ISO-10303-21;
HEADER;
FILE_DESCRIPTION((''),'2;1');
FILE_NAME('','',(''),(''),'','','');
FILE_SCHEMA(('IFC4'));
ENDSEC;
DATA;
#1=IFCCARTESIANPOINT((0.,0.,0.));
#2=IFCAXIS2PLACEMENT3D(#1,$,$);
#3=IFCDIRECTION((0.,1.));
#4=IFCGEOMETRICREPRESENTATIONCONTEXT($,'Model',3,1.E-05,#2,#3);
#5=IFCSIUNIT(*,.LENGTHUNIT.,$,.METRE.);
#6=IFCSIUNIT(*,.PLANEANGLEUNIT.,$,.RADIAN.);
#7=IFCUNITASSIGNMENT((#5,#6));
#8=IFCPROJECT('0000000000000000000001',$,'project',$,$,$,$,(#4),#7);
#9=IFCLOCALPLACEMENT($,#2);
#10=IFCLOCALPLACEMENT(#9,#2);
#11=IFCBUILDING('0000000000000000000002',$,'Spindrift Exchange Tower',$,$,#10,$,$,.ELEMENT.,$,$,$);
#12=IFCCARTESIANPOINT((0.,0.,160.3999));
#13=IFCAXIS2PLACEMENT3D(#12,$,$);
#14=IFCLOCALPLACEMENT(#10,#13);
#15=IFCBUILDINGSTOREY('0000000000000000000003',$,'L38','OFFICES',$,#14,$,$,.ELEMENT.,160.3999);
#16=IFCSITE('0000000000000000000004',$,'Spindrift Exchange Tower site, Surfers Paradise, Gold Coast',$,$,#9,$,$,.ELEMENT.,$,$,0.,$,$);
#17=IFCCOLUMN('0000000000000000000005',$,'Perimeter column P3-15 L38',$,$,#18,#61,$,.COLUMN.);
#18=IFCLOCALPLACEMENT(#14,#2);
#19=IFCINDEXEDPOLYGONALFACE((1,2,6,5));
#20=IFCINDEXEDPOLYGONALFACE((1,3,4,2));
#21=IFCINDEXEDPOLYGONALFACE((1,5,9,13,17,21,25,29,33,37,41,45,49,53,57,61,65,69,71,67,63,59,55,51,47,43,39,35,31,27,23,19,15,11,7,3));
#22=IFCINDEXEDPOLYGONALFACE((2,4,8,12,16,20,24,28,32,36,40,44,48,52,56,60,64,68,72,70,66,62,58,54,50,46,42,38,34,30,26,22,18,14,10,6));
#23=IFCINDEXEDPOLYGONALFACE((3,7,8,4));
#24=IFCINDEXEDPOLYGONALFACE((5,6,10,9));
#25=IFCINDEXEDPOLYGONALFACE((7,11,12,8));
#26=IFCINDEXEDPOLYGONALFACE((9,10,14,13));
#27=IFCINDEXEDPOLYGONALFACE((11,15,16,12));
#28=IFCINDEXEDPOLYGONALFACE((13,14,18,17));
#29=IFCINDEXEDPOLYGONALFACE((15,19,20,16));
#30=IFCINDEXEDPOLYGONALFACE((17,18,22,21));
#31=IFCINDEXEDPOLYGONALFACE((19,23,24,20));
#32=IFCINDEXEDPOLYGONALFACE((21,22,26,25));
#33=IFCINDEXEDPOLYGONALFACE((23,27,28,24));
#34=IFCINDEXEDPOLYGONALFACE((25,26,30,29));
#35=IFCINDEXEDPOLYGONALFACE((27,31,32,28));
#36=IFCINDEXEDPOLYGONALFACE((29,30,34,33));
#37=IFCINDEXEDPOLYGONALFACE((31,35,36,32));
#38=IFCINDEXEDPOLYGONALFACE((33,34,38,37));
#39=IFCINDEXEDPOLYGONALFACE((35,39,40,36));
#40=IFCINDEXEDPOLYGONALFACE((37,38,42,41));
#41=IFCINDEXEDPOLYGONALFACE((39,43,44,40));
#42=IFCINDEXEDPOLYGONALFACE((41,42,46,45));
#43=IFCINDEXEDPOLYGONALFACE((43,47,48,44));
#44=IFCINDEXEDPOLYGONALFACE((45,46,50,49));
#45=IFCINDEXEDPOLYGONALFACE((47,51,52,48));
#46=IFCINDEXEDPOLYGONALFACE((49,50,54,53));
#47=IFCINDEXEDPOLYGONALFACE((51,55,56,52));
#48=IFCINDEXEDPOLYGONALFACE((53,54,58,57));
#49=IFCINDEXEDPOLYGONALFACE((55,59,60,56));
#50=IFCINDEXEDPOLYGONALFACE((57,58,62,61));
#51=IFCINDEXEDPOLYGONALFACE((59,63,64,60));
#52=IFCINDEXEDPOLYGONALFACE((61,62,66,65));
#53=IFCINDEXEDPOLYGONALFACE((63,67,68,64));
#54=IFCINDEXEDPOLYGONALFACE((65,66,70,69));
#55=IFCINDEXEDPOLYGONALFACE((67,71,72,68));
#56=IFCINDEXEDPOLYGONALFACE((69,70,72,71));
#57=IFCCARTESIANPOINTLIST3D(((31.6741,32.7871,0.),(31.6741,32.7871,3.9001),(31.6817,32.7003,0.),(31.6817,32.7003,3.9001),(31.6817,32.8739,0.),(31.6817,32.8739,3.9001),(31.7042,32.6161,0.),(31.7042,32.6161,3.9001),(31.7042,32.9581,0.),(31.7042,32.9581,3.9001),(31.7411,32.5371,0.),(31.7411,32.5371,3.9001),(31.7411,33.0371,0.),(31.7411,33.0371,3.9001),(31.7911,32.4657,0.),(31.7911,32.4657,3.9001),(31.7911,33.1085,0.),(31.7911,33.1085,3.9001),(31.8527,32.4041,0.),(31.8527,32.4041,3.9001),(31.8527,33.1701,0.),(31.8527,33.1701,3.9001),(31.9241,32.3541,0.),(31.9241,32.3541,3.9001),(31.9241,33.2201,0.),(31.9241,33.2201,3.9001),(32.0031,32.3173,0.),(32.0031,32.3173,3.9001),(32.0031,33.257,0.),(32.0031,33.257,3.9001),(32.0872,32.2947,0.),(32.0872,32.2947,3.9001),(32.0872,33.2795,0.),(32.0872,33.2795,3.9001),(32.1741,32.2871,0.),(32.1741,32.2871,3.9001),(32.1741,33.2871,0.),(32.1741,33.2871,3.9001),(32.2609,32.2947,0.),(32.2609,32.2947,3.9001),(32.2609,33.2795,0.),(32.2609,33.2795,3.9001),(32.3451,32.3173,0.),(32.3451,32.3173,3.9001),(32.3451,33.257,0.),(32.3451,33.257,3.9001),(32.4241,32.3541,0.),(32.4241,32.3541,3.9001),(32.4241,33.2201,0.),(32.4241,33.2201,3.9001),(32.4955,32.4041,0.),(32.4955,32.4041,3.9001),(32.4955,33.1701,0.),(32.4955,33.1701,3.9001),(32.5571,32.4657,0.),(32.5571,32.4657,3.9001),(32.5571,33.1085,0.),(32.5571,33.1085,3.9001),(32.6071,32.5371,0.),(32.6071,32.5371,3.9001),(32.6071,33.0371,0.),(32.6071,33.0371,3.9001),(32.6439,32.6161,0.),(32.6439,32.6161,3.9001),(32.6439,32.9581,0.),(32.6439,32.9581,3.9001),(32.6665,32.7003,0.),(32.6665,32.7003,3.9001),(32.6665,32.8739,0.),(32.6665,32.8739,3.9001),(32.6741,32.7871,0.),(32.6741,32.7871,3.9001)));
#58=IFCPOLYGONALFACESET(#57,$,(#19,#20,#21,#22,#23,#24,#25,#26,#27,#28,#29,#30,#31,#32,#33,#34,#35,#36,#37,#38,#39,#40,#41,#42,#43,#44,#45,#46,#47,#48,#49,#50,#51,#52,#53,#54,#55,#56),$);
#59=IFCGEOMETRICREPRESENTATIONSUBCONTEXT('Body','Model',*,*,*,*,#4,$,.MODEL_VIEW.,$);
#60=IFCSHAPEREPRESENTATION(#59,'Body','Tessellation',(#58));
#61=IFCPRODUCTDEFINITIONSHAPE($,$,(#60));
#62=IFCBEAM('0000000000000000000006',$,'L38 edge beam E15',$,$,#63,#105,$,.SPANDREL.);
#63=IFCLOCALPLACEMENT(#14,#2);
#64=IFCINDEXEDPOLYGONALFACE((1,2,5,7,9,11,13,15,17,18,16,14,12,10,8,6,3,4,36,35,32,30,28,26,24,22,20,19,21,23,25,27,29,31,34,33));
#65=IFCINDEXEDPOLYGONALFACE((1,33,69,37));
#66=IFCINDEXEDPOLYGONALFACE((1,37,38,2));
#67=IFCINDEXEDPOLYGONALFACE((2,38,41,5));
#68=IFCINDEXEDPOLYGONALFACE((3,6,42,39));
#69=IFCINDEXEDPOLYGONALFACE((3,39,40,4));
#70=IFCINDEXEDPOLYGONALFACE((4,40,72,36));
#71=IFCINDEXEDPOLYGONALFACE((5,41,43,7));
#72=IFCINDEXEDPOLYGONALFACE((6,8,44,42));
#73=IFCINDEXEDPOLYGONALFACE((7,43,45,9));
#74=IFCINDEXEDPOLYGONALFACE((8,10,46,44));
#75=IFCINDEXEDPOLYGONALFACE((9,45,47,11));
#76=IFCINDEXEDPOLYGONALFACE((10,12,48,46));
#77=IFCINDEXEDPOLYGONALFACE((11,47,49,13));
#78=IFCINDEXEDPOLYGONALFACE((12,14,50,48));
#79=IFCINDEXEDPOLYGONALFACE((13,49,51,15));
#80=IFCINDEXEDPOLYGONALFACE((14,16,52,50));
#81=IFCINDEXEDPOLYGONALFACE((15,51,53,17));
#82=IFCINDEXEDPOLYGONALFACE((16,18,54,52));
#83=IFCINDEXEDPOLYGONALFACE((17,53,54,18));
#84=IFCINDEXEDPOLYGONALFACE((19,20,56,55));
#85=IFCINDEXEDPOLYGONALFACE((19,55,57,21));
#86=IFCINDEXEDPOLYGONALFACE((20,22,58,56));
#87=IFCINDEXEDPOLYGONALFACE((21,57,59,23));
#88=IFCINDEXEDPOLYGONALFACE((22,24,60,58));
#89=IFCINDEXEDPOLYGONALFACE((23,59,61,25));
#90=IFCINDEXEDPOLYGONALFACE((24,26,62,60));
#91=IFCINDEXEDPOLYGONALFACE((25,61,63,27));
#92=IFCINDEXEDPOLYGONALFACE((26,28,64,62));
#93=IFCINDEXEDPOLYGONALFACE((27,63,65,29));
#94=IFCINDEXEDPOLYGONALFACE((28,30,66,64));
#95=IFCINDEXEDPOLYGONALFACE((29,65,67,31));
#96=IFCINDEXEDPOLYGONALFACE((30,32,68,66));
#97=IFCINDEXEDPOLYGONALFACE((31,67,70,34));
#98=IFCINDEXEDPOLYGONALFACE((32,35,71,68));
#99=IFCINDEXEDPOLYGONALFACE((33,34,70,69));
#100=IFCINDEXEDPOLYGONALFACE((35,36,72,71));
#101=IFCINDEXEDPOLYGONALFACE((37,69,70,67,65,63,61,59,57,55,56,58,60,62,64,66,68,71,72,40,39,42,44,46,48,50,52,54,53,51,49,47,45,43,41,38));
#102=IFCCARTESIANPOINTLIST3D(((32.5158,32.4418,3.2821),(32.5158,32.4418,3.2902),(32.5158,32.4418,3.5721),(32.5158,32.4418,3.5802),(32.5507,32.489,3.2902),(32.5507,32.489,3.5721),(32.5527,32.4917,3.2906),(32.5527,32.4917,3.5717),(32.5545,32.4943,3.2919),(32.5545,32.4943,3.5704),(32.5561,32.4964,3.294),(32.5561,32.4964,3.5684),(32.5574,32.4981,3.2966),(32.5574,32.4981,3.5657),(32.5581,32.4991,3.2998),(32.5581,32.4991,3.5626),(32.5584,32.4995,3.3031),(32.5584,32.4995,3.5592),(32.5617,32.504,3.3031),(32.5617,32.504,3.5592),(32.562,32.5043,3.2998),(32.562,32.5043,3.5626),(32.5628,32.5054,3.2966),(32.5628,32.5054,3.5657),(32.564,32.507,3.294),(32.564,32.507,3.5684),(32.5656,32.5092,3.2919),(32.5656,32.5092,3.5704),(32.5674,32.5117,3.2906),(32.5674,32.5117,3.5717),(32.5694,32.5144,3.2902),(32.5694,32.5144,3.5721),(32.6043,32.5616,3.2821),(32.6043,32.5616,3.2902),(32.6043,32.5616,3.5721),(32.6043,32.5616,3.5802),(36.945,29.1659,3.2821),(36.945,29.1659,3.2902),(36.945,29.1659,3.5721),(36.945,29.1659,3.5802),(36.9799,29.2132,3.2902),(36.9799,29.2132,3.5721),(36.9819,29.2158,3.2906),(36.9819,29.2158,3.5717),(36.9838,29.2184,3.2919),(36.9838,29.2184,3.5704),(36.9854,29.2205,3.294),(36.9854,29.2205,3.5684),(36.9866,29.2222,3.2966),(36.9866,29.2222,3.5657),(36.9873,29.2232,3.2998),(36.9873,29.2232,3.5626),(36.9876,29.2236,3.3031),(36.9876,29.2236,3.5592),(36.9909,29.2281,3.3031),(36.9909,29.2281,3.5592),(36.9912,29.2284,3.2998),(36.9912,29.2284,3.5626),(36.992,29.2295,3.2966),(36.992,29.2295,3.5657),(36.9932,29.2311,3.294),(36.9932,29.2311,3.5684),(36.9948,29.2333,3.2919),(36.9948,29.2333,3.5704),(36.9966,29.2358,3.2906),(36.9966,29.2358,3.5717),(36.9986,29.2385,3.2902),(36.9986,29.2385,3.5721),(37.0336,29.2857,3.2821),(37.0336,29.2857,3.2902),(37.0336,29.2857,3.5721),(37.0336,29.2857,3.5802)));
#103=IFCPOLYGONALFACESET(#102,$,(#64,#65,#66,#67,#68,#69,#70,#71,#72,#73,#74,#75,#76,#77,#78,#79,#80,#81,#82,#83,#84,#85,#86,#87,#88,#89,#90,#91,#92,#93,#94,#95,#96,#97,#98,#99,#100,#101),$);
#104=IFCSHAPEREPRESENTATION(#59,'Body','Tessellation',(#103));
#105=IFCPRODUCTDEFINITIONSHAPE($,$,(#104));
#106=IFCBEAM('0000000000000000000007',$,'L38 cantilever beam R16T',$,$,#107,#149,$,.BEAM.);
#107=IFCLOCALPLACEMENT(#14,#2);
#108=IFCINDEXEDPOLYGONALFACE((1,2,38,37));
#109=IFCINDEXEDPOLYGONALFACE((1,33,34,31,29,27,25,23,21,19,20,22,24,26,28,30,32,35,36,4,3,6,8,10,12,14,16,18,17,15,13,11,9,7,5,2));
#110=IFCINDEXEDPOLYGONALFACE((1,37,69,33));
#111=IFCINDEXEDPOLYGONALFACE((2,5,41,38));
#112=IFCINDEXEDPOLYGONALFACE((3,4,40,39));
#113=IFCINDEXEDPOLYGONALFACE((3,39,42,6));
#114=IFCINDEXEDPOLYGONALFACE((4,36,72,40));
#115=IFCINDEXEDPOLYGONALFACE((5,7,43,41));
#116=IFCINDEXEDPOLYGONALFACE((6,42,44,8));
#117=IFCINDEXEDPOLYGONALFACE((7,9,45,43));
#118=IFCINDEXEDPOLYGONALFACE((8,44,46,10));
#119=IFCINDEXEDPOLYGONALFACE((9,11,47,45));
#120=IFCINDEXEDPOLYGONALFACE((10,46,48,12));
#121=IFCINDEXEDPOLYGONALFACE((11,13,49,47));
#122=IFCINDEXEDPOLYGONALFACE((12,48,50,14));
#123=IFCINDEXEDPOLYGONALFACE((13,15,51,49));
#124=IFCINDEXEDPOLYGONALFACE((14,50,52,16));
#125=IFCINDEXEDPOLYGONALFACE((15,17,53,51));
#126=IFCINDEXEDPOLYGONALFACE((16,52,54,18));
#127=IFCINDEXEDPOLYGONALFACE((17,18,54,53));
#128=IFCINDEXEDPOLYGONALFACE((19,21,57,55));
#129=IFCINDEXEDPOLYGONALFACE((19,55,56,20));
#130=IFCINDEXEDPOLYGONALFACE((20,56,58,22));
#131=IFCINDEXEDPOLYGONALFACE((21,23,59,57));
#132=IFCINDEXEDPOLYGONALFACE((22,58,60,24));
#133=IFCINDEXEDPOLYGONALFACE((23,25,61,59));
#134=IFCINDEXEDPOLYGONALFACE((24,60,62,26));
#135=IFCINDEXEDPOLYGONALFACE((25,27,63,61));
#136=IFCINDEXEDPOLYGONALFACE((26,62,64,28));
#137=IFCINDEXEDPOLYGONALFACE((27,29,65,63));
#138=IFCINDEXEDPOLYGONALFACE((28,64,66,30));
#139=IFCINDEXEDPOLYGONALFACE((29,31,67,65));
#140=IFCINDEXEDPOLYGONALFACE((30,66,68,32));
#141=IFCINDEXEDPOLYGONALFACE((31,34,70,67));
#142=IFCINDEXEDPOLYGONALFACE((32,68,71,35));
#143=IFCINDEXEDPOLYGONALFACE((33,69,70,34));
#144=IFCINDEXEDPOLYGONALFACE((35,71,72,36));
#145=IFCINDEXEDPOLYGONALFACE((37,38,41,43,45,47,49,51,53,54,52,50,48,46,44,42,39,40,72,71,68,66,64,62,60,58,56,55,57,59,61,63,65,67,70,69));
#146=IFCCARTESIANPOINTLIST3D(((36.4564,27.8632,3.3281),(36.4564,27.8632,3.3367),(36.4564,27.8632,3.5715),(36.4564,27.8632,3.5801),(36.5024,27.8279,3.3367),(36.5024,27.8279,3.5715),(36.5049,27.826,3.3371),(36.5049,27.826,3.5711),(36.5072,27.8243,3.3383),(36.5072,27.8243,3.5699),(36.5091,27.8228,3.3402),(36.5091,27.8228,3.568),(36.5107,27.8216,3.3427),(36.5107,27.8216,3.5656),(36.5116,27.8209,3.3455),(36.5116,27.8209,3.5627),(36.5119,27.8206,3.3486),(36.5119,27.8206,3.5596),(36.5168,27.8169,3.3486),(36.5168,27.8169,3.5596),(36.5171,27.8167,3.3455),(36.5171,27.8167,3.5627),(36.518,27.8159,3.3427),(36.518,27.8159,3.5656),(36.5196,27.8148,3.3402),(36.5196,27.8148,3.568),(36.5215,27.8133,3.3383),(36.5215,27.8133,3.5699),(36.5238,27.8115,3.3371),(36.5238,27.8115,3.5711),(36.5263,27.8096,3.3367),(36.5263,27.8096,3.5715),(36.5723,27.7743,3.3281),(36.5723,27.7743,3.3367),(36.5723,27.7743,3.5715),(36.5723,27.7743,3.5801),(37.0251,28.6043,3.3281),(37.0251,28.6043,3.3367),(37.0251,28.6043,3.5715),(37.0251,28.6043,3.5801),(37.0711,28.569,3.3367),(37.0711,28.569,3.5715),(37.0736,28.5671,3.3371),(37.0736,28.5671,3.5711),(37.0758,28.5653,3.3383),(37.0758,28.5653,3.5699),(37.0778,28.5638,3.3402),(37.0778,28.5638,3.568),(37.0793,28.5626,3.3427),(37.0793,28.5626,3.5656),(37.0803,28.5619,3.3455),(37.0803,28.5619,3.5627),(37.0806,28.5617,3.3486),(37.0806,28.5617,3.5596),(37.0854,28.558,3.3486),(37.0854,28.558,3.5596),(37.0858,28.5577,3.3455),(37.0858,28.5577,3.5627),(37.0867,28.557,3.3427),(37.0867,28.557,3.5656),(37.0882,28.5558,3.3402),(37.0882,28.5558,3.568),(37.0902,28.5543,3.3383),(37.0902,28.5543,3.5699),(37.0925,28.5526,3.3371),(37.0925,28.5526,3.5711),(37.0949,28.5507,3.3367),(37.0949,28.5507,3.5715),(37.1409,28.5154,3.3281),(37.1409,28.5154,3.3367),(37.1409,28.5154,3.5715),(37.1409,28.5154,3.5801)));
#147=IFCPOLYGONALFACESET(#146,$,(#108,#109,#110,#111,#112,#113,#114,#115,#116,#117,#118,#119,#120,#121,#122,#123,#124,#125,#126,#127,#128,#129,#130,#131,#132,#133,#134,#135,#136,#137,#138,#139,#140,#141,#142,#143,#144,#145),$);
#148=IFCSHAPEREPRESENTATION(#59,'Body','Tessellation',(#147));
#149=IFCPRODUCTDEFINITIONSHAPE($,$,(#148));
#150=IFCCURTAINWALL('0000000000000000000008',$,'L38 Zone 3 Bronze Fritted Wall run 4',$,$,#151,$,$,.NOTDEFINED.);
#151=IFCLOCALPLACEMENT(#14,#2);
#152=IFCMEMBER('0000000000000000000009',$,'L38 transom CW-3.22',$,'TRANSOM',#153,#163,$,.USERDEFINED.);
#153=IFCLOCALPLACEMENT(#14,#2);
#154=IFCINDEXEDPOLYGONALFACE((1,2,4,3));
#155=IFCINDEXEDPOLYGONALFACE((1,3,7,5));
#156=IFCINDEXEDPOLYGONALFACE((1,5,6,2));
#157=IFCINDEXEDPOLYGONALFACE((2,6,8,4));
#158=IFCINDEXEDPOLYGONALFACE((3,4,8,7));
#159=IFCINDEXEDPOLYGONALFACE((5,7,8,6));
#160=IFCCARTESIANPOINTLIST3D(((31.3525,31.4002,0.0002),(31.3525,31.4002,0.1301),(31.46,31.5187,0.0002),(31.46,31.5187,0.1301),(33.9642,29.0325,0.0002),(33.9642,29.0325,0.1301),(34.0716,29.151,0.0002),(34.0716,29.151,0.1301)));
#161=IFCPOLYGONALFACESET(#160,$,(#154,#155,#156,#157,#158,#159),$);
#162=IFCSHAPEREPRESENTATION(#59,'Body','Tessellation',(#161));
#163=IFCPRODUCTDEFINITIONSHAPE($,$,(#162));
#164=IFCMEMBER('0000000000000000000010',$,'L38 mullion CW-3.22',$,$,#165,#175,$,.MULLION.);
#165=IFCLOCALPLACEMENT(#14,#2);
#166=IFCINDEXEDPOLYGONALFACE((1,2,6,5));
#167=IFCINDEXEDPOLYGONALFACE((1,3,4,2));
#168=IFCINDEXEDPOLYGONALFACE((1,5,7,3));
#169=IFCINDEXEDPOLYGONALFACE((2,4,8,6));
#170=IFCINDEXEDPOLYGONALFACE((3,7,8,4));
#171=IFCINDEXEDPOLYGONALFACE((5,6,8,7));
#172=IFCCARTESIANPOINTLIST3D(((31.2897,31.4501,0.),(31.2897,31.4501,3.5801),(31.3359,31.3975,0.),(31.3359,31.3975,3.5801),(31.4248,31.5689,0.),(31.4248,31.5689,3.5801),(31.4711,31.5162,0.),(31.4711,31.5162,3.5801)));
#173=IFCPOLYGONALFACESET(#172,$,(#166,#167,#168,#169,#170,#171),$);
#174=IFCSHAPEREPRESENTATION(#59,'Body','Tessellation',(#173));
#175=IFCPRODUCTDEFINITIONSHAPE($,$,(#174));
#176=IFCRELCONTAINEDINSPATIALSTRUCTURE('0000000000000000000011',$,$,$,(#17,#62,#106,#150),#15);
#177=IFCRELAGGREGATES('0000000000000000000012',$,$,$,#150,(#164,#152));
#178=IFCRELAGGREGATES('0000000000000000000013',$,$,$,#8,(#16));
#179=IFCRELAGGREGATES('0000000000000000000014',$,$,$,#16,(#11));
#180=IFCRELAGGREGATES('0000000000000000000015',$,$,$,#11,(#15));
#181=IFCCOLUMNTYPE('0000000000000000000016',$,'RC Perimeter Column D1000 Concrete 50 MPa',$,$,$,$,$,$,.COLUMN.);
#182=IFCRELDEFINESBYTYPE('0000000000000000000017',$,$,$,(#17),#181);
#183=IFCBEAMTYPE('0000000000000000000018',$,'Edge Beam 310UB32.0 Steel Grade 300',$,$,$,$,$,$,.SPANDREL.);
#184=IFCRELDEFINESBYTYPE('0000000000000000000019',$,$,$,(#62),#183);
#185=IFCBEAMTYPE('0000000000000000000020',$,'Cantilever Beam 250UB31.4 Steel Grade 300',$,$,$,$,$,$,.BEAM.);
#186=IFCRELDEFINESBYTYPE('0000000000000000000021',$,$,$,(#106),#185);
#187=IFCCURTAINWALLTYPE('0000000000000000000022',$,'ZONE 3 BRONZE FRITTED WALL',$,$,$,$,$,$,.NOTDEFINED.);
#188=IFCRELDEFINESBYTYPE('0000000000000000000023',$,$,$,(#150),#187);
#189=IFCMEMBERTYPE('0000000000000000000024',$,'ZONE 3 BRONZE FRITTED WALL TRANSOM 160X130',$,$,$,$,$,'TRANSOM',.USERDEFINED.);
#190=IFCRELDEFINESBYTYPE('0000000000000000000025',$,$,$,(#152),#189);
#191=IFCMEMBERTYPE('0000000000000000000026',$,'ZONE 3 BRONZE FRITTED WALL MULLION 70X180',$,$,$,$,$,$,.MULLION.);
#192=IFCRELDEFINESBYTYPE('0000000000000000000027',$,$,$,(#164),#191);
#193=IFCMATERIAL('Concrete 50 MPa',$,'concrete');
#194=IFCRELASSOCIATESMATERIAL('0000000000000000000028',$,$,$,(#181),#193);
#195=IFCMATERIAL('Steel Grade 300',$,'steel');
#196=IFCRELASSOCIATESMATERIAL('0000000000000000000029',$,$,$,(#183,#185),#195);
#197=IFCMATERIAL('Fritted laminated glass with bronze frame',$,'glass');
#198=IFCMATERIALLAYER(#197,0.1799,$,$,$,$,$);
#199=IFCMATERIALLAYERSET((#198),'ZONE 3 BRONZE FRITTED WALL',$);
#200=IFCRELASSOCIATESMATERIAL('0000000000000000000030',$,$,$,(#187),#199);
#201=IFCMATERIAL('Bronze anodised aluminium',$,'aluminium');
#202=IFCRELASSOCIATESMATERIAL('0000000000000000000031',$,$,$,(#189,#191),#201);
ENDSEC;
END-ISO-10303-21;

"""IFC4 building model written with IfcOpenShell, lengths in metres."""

from ifc_helpers import new_model, si_unit, direction, frame, origin, origin_2d, place, context, subcontext, project, spatial, rectangle, circle, i_section, extrude, source, transform, mapped, material, layer, layer_set, material_profile, profile_set, type_object, element, aggregate, save


model = new_model("IFC4")

# Units and contexts
model_context = context("Model", 3, precision=1e-05, world=origin(), true_north=direction((0.0, 1.0)))
body_context = subcontext(model_context, "Body", "Model", "MODEL_VIEW")
ifc_project = project(units=[si_unit("LENGTHUNIT", "METRE"), si_unit("PLANEANGLEUNIT", "RADIAN")], contexts=[model_context])

# Site, building, storey
site_placement = place(None, origin())
site = spatial("IfcSite", under=ifc_project, at=site_placement, Name="Spindrift Exchange Tower site, Surfers Paradise, Gold Coast", CompositionType="ELEMENT", RefElevation=0.0)
building_placement = place(site_placement, origin())
building = spatial("IfcBuilding", under=site, at=building_placement, Name="Spindrift Exchange Tower", CompositionType="ELEMENT")
storey_placement = place(building_placement, frame((0.0, 0.0, 160.3999)))
storey = spatial("IfcBuildingStorey", under=building, at=storey_placement, Name="L38", Description="OFFICES", CompositionType="ELEMENT", Elevation=160.3999)

# Column
ifc_material_1 = material(Name="Concrete 50 MPa", Category="concrete")
ifc_material_profile_1 = material_profile(ifc_material_1, circle(Radius=0.5, at=origin_2d()), Name="RC D1000")
ifc_profile_set_1 = profile_set([ifc_material_profile_1], Name="Concrete 50 MPa")
column_type = type_object("IfcColumnType", Name="RC Perimeter Column D1000 Concrete 50 MPa", PredefinedType="COLUMN", material=ifc_profile_set_1)
shared_shape_1 = source(origin(), body_context, "Body", "SweptSolid", [
    extrude(circle(Radius=0.5, at=origin_2d()), origin(), (0.0, 0.0, 1.0), 3.9001),
])
column_placement = place(storey_placement, frame((32.1741, 32.7871, 0.0), z_axis=(0.0, 0.0, 1.0), x_axis=(1.0, 0.0, 0.0)))
element("IfcColumn", 1, at=column_placement, inside=storey, type_object=column_type, Name="Perimeter column P3-15 L38", PredefinedType="COLUMN", context=body_context, shape_type="MappedRepresentation", body=[
    mapped(shared_shape_1, transform((0.0, 0.0, 0.0), scale=1.0)),
])

# Beams
ifc_material_2 = material(Name="Steel Grade 300", Category="steel")
ifc_material_profile_2 = material_profile(ifc_material_2, i_section(OverallWidth=0.1489, OverallDepth=0.2981, WebThickness=0.0056, FlangeThickness=0.0081, FilletRadius=0.0129, at=origin_2d()), Name="310UB32.0")
ifc_profile_set_2 = profile_set([ifc_material_profile_2], Name="Steel Grade 300")
beam_type_1 = type_object("IfcBeamType", Name="Edge Beam 310UB32.0 Steel Grade 300", PredefinedType="SPANDREL", material=ifc_profile_set_2)
shared_shape_2 = source(origin(), body_context, "Body", "SweptSolid", [
    extrude(i_section(OverallWidth=0.1489, OverallDepth=0.2981, WebThickness=0.0056, FlangeThickness=0.0081, FilletRadius=0.0129, at=origin_2d()), origin(), (0.0, 0.0, 1.0), 5.509),
])
beam_1_placement = place(storey_placement, frame((32.5601, 32.5017, 3.4312), z_axis=(0.803992, -0.59464, 0.0), x_axis=(0.59464, 0.803992, 0.0)))
element("IfcBeam", 2, at=beam_1_placement, inside=storey, type_object=beam_type_1, Name="L38 edge beam E15", PredefinedType="SPANDREL", context=body_context, shape_type="MappedRepresentation", body=[
    mapped(shared_shape_2, transform((0.0, 0.0, 0.0), scale=1.0)),
])
ifc_material_profile_3 = material_profile(ifc_material_2, i_section(OverallWidth=0.146, OverallDepth=0.252, WebThickness=0.0061, FlangeThickness=0.0085, FilletRadius=0.012, at=origin_2d()), Name="250UB31.4")
ifc_profile_set_3 = profile_set([ifc_material_profile_3], Name="Steel Grade 300")
beam_type_2 = type_object("IfcBeamType", Name="Cantilever Beam 250UB31.4 Steel Grade 300", PredefinedType="BEAM", material=ifc_profile_set_3)
shared_shape_3 = source(origin(), body_context, "Body", "SweptSolid", [
    extrude(i_section(OverallWidth=0.146, OverallDepth=0.252, WebThickness=0.0061, FlangeThickness=0.0085, FilletRadius=0.012, at=origin_2d()), origin(), (0.0, 0.0, 1.0), 0.9341),
])
beam_2_placement = place(storey_placement, frame((37.083, 28.5598, 3.4541), z_axis=(-0.608788, -0.793333, 0.0), x_axis=(0.793333, -0.608788, 0.0)))
element("IfcBeam", 3, at=beam_2_placement, inside=storey, type_object=beam_type_2, Name="L38 cantilever beam R16T", PredefinedType="BEAM", context=body_context, shape_type="MappedRepresentation", body=[
    mapped(shared_shape_3, transform((0.0, 0.0, 0.0), scale=1.0)),
])

# Curtain wall, members
ifc_material_3 = material(Name="Fritted laminated glass with bronze frame", Category="glass")
ifc_layer_1 = layer(ifc_material_3, 0.1799)
ifc_layer_set_1 = layer_set([ifc_layer_1], Name="ZONE 3 BRONZE FRITTED WALL")
curtain_wall_type = type_object("IfcCurtainWallType", Name="ZONE 3 BRONZE FRITTED WALL", PredefinedType="NOTDEFINED", material=ifc_layer_set_1)
curtain_wall_placement = place(storey_placement, origin())
curtain_wall = element("IfcCurtainWall", 4, at=curtain_wall_placement, inside=storey, type_object=curtain_wall_type, Name="L38 Zone 3 Bronze Fritted Wall run 4", PredefinedType="NOTDEFINED")
ifc_material_4 = material(Name="Bronze anodised aluminium", Category="aluminium")
ifc_material_profile_4 = material_profile(ifc_material_4, rectangle(XDim=0.1599, YDim=0.1299, at=origin_2d()), Name="ZONE 3 BRONZE FRITTED WALL TRANSOM 160X130")
ifc_profile_set_4 = profile_set([ifc_material_profile_4], Name="Bronze anodised aluminium")
member_type_1 = type_object("IfcMemberType", Name="ZONE 3 BRONZE FRITTED WALL TRANSOM 160X130", ElementType="TRANSOM", PredefinedType="USERDEFINED", material=ifc_profile_set_4)
shared_shape_4 = source(origin(), body_context, "Body", "SweptSolid", [
    extrude(rectangle(XDim=0.1599, YDim=0.1299, at=origin_2d()), origin(), (0.0, 0.0, 1.0), 3.5251),
])
member_1_placement = place(storey_placement, frame((31.4062, 31.4595, 0.0652), z_axis=(0.740854, -0.671666, 0.0), x_axis=(0.671666, 0.740854, 0.0)))
member_1 = element("IfcMember", 5, at=member_1_placement, type_object=member_type_1, Name="L38 transom CW-3.22", ObjectType="TRANSOM", PredefinedType="USERDEFINED", context=body_context, shape_type="MappedRepresentation", body=[
    mapped(shared_shape_4, transform((0.0, 0.0, 0.0), scale=1.0)),
])
ifc_material_profile_5 = material_profile(ifc_material_4, rectangle(XDim=0.0701, YDim=0.1799, at=origin_2d()), Name="ZONE 3 BRONZE FRITTED WALL MULLION 70X180")
ifc_profile_set_5 = profile_set([ifc_material_profile_5], Name="Bronze anodised aluminium")
member_type_2 = type_object("IfcMemberType", Name="ZONE 3 BRONZE FRITTED WALL MULLION 70X180", PredefinedType="MULLION", material=ifc_profile_set_5)
shared_shape_5 = source(origin(), body_context, "Body", "SweptSolid", [
    extrude(rectangle(XDim=0.0701, YDim=0.1799, at=origin_2d()), origin(), (0.0, 0.0, 1.0), 3.5801),
])
member_2_placement = place(storey_placement, frame((31.3804, 31.4832, 0.0), z_axis=(0.0, 0.0, 1.0), x_axis=(0.660006, -0.75126, 0.0)))
member_2 = element("IfcMember", 6, at=member_2_placement, type_object=member_type_2, Name="L38 mullion CW-3.22", PredefinedType="MULLION", context=body_context, shape_type="MappedRepresentation", body=[
    mapped(shared_shape_5, transform((0.0, 0.0, 0.0), scale=1.0)),
])

aggregate(curtain_wall, [member_2, member_1])

save(model, "model.ifc")
